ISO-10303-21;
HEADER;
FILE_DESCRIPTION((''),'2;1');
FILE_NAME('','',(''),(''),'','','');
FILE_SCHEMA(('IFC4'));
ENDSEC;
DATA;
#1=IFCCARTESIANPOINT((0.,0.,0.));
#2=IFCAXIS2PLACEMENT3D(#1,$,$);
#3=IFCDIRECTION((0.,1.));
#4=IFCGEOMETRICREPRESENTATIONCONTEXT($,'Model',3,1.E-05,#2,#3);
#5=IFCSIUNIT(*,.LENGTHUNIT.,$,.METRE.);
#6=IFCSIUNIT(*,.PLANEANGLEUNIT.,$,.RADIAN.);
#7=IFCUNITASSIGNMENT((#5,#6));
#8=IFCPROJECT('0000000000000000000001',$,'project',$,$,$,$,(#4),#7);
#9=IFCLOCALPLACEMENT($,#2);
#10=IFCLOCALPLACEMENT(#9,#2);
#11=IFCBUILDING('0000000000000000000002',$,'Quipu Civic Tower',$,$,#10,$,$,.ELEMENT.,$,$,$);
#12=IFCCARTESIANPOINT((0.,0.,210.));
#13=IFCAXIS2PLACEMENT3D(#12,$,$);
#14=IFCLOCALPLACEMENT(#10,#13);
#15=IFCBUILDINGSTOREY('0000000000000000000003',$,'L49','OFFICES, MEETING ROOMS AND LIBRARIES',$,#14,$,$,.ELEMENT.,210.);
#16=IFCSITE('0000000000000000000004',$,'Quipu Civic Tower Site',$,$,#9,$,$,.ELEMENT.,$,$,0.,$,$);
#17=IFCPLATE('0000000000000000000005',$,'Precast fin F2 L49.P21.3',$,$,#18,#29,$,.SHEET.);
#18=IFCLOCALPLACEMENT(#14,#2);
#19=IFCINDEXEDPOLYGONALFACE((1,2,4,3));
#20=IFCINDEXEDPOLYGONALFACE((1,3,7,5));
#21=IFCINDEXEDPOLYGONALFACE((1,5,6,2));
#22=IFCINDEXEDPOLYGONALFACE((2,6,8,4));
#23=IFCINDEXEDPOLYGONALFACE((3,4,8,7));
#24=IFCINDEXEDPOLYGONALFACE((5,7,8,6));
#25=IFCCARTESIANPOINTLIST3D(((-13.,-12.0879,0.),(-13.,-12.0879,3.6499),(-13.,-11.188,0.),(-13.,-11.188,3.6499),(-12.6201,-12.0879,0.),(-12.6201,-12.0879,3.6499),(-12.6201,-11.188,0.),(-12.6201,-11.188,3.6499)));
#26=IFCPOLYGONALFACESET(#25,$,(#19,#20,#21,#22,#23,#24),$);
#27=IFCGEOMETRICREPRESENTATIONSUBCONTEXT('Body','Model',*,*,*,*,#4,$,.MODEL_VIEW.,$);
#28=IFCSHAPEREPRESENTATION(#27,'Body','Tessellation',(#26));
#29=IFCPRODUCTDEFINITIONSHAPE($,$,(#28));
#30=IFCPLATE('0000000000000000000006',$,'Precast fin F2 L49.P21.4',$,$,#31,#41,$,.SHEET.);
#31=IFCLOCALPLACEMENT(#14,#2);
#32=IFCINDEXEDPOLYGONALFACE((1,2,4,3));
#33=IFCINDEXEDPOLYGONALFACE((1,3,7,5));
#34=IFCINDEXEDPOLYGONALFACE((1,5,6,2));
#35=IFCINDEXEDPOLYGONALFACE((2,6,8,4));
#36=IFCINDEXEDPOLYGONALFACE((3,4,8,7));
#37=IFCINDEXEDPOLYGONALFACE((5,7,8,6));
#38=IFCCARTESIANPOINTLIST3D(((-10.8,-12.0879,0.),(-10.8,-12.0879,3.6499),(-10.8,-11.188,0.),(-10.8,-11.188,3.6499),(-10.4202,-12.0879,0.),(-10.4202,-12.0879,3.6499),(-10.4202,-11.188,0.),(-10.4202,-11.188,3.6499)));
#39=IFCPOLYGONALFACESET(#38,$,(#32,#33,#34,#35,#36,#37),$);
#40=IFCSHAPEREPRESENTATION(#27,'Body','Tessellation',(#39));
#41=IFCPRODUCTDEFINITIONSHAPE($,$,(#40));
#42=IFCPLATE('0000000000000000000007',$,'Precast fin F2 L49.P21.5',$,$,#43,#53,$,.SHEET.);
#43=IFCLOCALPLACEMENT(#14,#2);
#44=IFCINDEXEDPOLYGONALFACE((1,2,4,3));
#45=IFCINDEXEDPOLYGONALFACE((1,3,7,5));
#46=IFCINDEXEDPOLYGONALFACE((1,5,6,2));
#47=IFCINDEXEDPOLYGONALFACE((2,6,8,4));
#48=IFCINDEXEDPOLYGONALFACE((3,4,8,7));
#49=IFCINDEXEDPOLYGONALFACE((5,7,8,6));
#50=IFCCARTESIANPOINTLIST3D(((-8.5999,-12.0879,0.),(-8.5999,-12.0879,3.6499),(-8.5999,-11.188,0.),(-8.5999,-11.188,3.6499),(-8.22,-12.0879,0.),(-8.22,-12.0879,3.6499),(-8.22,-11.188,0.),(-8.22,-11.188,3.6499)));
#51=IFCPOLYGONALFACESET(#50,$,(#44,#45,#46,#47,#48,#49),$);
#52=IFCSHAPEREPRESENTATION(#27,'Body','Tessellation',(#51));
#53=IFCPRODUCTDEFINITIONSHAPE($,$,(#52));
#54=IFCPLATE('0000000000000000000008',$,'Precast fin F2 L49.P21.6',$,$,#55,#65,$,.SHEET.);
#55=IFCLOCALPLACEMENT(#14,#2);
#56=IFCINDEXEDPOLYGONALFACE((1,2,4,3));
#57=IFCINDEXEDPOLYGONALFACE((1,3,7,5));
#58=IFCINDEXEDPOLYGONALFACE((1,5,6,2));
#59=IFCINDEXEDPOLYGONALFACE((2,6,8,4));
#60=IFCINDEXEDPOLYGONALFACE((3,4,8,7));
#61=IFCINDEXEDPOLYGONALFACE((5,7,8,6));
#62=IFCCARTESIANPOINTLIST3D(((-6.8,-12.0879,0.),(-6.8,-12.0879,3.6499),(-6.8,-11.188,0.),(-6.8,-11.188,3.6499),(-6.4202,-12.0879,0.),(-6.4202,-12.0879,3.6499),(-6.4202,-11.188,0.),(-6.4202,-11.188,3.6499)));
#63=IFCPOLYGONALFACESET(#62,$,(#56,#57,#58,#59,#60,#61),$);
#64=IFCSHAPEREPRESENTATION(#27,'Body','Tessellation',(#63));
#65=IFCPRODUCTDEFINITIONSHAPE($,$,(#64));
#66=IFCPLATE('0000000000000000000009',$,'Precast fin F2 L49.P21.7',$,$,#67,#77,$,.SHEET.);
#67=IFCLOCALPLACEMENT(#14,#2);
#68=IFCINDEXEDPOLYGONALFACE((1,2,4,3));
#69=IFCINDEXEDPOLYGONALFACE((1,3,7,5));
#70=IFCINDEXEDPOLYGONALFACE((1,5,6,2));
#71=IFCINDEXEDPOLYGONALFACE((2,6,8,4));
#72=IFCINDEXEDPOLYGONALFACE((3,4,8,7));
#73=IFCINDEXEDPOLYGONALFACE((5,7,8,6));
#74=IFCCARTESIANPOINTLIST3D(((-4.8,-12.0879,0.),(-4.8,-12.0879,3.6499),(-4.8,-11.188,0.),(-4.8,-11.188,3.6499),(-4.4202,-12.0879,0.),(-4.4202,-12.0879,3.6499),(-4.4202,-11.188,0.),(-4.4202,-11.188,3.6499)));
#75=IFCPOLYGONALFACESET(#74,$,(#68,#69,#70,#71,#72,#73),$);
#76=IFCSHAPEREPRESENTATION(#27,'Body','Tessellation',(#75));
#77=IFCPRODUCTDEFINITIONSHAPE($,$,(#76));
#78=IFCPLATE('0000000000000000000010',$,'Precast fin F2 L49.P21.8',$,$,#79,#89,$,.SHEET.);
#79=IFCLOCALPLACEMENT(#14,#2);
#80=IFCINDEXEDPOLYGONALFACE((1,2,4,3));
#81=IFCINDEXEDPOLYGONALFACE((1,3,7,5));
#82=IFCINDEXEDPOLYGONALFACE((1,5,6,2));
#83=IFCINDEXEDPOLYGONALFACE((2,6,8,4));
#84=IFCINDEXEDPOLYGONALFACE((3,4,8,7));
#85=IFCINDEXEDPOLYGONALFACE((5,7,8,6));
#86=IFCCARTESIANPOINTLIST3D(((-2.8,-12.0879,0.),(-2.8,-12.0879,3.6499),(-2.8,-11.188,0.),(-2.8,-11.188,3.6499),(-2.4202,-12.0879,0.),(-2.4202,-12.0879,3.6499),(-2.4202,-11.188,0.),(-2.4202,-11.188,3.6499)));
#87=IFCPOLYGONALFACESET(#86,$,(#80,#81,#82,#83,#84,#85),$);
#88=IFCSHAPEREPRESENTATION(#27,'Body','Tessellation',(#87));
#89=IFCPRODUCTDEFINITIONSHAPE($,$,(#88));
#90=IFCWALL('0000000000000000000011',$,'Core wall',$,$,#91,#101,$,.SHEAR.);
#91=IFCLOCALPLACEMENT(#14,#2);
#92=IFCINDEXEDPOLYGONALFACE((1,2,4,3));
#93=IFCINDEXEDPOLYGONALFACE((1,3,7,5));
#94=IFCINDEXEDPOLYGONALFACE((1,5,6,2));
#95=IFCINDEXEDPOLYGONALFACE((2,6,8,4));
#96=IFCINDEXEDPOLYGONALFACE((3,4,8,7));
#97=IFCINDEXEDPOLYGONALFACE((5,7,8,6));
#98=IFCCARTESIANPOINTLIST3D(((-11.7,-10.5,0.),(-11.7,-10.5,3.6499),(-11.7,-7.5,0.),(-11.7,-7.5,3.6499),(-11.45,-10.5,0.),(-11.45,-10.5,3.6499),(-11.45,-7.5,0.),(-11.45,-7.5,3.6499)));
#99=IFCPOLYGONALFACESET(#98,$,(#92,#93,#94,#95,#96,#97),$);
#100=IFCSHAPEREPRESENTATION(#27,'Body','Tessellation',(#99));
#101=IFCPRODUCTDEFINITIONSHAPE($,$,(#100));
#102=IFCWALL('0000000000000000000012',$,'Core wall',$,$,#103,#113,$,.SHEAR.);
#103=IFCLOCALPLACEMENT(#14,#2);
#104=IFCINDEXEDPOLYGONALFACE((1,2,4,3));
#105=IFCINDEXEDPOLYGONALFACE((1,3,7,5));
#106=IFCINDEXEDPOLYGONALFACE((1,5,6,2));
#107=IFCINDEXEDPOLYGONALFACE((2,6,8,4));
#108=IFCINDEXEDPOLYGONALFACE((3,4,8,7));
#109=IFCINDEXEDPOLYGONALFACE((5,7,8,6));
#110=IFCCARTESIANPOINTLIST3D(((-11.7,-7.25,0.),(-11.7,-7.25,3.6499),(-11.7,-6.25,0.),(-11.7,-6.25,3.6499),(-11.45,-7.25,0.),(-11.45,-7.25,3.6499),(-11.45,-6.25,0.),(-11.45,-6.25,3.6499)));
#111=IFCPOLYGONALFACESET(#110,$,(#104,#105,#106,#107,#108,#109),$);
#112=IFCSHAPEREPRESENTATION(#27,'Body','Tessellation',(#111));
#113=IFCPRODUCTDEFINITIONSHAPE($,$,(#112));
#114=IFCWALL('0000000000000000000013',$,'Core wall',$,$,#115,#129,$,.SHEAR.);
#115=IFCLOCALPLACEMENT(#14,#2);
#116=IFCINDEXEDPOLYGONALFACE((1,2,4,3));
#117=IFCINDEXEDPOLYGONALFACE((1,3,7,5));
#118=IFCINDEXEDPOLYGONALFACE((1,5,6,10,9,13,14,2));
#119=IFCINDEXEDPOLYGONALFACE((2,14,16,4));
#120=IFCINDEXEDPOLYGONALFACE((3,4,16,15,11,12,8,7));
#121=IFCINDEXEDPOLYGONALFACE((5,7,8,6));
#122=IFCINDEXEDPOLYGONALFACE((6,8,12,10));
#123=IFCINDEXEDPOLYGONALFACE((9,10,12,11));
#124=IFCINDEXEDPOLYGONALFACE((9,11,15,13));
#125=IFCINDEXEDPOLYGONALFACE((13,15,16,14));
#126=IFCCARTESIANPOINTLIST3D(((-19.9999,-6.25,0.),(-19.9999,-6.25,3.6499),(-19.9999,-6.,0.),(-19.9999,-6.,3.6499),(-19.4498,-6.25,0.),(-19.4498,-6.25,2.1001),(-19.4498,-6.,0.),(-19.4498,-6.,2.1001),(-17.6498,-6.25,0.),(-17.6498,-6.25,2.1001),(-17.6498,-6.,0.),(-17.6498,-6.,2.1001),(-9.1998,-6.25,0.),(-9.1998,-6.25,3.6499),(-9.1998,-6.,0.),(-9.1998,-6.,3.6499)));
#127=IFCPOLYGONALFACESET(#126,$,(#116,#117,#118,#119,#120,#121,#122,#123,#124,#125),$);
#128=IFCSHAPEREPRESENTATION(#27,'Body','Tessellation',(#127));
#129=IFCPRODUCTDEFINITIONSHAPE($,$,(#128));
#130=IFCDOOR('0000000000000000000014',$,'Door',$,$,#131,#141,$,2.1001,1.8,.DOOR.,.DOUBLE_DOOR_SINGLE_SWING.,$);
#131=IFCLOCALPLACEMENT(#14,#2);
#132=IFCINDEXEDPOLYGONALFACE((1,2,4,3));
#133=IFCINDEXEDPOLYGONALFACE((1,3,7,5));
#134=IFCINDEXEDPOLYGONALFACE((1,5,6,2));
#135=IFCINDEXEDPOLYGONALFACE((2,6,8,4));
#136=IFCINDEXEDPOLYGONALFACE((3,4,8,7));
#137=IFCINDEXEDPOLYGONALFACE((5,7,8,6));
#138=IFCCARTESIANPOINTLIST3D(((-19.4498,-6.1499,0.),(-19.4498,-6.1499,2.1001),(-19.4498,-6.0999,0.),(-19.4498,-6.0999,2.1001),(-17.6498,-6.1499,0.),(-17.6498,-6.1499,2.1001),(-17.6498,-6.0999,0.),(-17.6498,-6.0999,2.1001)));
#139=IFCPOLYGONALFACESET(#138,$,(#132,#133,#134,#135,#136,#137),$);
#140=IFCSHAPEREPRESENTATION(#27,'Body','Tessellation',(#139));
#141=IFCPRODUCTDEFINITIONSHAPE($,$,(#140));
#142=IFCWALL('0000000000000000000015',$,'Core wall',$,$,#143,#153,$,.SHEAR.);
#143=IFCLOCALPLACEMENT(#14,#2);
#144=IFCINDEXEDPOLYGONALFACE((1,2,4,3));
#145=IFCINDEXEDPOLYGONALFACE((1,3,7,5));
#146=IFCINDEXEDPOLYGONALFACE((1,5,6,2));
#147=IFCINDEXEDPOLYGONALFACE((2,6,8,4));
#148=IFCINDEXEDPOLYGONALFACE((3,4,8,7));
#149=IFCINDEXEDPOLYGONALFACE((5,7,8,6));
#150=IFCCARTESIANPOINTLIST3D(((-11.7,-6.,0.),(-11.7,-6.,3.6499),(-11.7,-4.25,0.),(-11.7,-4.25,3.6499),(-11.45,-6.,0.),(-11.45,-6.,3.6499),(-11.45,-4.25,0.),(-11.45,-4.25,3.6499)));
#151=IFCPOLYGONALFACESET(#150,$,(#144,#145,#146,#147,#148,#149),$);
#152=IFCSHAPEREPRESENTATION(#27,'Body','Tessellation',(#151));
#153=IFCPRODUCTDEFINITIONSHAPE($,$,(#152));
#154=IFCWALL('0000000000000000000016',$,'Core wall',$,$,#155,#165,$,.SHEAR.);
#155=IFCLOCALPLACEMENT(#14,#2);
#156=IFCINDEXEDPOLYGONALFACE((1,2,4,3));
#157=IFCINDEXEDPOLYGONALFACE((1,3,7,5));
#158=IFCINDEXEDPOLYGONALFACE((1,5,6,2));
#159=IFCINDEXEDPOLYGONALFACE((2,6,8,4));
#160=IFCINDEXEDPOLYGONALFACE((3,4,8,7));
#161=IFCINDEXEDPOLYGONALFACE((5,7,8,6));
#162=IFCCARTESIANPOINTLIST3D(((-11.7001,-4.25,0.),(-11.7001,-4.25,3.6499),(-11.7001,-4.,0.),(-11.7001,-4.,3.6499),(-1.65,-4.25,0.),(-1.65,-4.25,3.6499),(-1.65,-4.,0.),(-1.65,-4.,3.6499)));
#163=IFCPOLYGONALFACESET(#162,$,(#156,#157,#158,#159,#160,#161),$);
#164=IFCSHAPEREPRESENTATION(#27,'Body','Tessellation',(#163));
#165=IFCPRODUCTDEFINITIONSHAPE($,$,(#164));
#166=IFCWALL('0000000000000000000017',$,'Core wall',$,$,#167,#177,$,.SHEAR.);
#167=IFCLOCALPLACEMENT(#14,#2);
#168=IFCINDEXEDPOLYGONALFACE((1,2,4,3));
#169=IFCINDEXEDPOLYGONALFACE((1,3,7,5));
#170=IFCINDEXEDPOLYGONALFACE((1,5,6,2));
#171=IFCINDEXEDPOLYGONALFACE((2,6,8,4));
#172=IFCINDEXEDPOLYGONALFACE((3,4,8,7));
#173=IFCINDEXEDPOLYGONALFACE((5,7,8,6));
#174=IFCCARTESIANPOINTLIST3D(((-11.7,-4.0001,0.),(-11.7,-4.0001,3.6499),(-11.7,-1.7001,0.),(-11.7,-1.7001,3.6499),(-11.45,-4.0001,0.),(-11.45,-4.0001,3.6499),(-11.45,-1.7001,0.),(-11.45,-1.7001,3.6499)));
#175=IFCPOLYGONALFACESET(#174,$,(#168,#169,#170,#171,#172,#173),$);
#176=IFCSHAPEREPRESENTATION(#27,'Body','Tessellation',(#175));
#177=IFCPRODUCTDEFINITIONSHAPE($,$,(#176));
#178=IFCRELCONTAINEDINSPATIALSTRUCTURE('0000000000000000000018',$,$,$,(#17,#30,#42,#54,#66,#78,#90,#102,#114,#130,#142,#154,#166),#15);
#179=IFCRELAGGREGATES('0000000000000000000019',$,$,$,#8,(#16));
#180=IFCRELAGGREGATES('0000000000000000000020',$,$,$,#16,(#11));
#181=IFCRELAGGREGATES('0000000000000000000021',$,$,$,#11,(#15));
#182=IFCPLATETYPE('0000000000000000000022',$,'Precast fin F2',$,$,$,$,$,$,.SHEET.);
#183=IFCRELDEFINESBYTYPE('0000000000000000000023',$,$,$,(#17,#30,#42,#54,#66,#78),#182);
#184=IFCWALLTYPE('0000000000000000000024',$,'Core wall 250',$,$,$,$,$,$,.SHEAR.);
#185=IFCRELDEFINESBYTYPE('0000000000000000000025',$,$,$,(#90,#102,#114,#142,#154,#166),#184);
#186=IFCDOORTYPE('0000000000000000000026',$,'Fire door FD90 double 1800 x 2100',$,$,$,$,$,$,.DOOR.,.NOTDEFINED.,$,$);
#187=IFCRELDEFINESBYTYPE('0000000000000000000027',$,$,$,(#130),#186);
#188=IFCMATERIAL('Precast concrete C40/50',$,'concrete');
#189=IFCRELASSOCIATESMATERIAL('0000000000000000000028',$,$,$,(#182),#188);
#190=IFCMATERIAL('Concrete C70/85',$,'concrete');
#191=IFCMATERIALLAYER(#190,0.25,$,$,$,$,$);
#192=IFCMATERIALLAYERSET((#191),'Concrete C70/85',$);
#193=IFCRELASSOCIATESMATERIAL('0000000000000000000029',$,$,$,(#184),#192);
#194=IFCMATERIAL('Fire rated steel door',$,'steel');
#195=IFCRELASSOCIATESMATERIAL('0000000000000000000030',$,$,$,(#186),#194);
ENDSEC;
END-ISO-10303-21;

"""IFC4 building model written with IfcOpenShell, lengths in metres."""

from ifc_helpers import new_model, si_unit, direction, frame, frame_2d, origin, origin_2d, place, context, subcontext, project, spatial, rectangle, extrude, material, layer, layer_set, type_object, element, fill, save


model = new_model("IFC4")

# Units and contexts
model_context = context("Model", 3, precision=1e-05, world=origin(), true_north=direction((0.0, 1.0)))
body_context = subcontext(model_context, "Body", "Model", "MODEL_VIEW")
ifc_project = project(units=[si_unit("LENGTHUNIT", "METRE"), si_unit("PLANEANGLEUNIT", "RADIAN")], contexts=[model_context])

# Site, building, storey
site_placement = place(None, origin())
site = spatial("IfcSite", under=ifc_project, at=site_placement, Name="Quipu Civic Tower Site", CompositionType="ELEMENT", RefElevation=0.0)
building_placement = place(site_placement, origin())
building = spatial("IfcBuilding", under=site, at=building_placement, Name="Quipu Civic Tower", CompositionType="ELEMENT")
storey_placement = place(building_placement, frame((0.0, 0.0, 210.0)))
storey = spatial("IfcBuildingStorey", under=building, at=storey_placement, Name="L49", Description="OFFICES, MEETING ROOMS AND LIBRARIES", CompositionType="ELEMENT", Elevation=210.0)

# Plates
ifc_material_1 = material(Name="Precast concrete C40/50", Category="concrete")
plate_type = type_object("IfcPlateType", Name="Precast fin F2", PredefinedType="SHEET", material=ifc_material_1)
for number, where, z_axis, x_axis, name in (
    (1, (-12.8101, -11.6379, 0.0), (0.0, 0.0, 1.0), (1.0, 0.0, 0.0), "Precast fin F2 L49.P21.3"),
    (2, (-10.6101, -11.6379, 0.0), (0.0, 0.0, 1.0), (1.0, 0.0, 0.0), "Precast fin F2 L49.P21.4"),
    (3, (-8.4099, -11.6379, 0.0), (0.0, 0.0, 1.0), (1.0, 0.0, 0.0), "Precast fin F2 L49.P21.5"),
    (4, (-6.6101, -11.6379, 0.0), (0.0, 0.0, 1.0), (1.0, 0.0, 0.0), "Precast fin F2 L49.P21.6"),
    (5, (-4.6101, -11.6379, 0.0), (0.0, 0.0, 1.0), (1.0, 0.0, 0.0), "Precast fin F2 L49.P21.7"),
    (6, (-2.6101, -11.6379, 0.0), (0.0, 0.0, 1.0), (1.0, 0.0, 0.0), "Precast fin F2 L49.P21.8"),
):
    element("IfcPlate", number, at=place(storey_placement, frame(where, z_axis=z_axis, x_axis=x_axis)), inside=storey, type_object=plate_type, Name=name, PredefinedType="SHEET", context=body_context, shape_type="SweptSolid", body=[
        extrude(rectangle(XDim=0.3799, YDim=0.8999, at=origin_2d()), origin(), (0.0, 0.0, 1.0), 3.6499),
    ])

# Walls
ifc_material_2 = material(Name="Concrete C70/85", Category="concrete")
ifc_layer_1 = layer(ifc_material_2, 0.25)
ifc_layer_set_1 = layer_set([ifc_layer_1], Name="Concrete C70/85")
wall_type_1 = type_object("IfcWallType", Name="Core wall 250", PredefinedType="SHEAR", material=ifc_layer_set_1)
wall_1_placement = place(storey_placement, frame((-11.575, -10.5, 0.0), z_axis=(0.0, 0.0, 1.0), x_axis=(0.0, 1.0, 0.0)))
element("IfcWall", 7, at=wall_1_placement, inside=storey, type_object=wall_type_1, Name="Core wall", PredefinedType="SHEAR", context=body_context, shape_type="SweptSolid", body=[
    extrude(rectangle(XDim=3.0, YDim=0.25, at=frame_2d((1.5, 0.0))), origin(), (0.0, 0.0, 1.0), 3.6499),
])
wall_2_placement = place(storey_placement, frame((-11.575, -7.25, 0.0), z_axis=(0.0, 0.0, 1.0), x_axis=(0.0, 1.0, 0.0)))
element("IfcWall", 8, at=wall_2_placement, inside=storey, type_object=wall_type_1, Name="Core wall", PredefinedType="SHEAR", context=body_context, shape_type="SweptSolid", body=[
    extrude(rectangle(XDim=1.0, YDim=0.25, at=frame_2d((0.5, 0.0))), origin(), (0.0, 0.0, 1.0), 3.6499),
])

# Wall, opening, door
wall_3_placement = place(storey_placement, frame((-9.2, -6.125, 0.0), z_axis=(0.0, 0.0, 1.0), x_axis=(-1.0, 0.0, 0.0)))
wall_3 = element("IfcWall", 9, at=wall_3_placement, inside=storey, type_object=wall_type_1, Name="Core wall", PredefinedType="SHEAR", context=body_context, shape_type="SweptSolid", body=[
    extrude(rectangle(XDim=10.8, YDim=0.25, at=frame_2d((5.3999, 0.0))), origin(), (0.0, 0.0, 1.0), 3.6499),
])
opening_1_placement = place(wall_3_placement, frame((8.45, 0.0, 0.0)))
opening_1 = element("IfcOpeningElement", 10, at=opening_1_placement, cuts=wall_3, PredefinedType="OPENING", context=body_context, shape_type="SweptSolid", body=[
    extrude(rectangle(XDim=1.8, YDim=2.1001, at=frame_2d((0.8999, 1.05))), frame((0.0, 0.135, 0.0), z_axis=(0.0, -1.0, 0.0), x_axis=(1.0, 0.0, 0.0)), (0.0, 0.0, 1.0), 0.27),
])
ifc_material_3 = material(Name="Fire rated steel door", Category="steel")
door_type_1 = type_object("IfcDoorType", Name="Fire door FD90 double 1800 x 2100", OperationType="NOTDEFINED", PredefinedType="DOOR", material=ifc_material_3)
door_1_placement = place(opening_1_placement, origin())
door_1 = element("IfcDoor", 11, at=door_1_placement, inside=storey, type_object=door_type_1, Name="Door", OperationType="DOUBLE_DOOR_SINGLE_SWING", OverallHeight=2.1001, OverallWidth=1.8, PredefinedType="DOOR", context=body_context, shape_type="SweptSolid", body=[
    extrude(rectangle(XDim=1.8, YDim=2.1001, at=frame_2d((0.8999, 1.05))), frame((0.0, 0.0249, 0.0), z_axis=(0.0, -1.0, 0.0), x_axis=(1.0, 0.0, 0.0)), (0.0, 0.0, 1.0), 0.05),
])
fill(opening_1, door_1)

# Walls
wall_4_placement = place(storey_placement, frame((-11.575, -6.0, 0.0), z_axis=(0.0, 0.0, 1.0), x_axis=(0.0, 1.0, 0.0)))
element("IfcWall", 12, at=wall_4_placement, inside=storey, type_object=wall_type_1, Name="Core wall", PredefinedType="SHEAR", context=body_context, shape_type="SweptSolid", body=[
    extrude(rectangle(XDim=1.75, YDim=0.25, at=frame_2d((0.875, 0.0))), origin(), (0.0, 0.0, 1.0), 3.6499),
])
wall_5_placement = place(storey_placement, frame((-11.7, -4.125, 0.0), z_axis=(0.0, 0.0, 1.0), x_axis=(1.0, 0.0, 0.0)))
element("IfcWall", 13, at=wall_5_placement, inside=storey, type_object=wall_type_1, Name="Core wall", PredefinedType="SHEAR", context=body_context, shape_type="SweptSolid", body=[
    extrude(rectangle(XDim=10.05, YDim=0.25, at=frame_2d((5.0249, 0.0))), origin(), (0.0, 0.0, 1.0), 3.6499),
])
wall_6_placement = place(storey_placement, frame((-11.575, -4.0, 0.0), z_axis=(0.0, 0.0, 1.0), x_axis=(0.0, 1.0, 0.0)))
element("IfcWall", 14, at=wall_6_placement, inside=storey, type_object=wall_type_1, Name="Core wall", PredefinedType="SHEAR", context=body_context, shape_type="SweptSolid", body=[
    extrude(rectangle(XDim=2.3, YDim=0.25, at=frame_2d((1.1499, 0.0))), origin(), (0.0, 0.0, 1.0), 3.6499),
])

save(model, "model.ifc")
